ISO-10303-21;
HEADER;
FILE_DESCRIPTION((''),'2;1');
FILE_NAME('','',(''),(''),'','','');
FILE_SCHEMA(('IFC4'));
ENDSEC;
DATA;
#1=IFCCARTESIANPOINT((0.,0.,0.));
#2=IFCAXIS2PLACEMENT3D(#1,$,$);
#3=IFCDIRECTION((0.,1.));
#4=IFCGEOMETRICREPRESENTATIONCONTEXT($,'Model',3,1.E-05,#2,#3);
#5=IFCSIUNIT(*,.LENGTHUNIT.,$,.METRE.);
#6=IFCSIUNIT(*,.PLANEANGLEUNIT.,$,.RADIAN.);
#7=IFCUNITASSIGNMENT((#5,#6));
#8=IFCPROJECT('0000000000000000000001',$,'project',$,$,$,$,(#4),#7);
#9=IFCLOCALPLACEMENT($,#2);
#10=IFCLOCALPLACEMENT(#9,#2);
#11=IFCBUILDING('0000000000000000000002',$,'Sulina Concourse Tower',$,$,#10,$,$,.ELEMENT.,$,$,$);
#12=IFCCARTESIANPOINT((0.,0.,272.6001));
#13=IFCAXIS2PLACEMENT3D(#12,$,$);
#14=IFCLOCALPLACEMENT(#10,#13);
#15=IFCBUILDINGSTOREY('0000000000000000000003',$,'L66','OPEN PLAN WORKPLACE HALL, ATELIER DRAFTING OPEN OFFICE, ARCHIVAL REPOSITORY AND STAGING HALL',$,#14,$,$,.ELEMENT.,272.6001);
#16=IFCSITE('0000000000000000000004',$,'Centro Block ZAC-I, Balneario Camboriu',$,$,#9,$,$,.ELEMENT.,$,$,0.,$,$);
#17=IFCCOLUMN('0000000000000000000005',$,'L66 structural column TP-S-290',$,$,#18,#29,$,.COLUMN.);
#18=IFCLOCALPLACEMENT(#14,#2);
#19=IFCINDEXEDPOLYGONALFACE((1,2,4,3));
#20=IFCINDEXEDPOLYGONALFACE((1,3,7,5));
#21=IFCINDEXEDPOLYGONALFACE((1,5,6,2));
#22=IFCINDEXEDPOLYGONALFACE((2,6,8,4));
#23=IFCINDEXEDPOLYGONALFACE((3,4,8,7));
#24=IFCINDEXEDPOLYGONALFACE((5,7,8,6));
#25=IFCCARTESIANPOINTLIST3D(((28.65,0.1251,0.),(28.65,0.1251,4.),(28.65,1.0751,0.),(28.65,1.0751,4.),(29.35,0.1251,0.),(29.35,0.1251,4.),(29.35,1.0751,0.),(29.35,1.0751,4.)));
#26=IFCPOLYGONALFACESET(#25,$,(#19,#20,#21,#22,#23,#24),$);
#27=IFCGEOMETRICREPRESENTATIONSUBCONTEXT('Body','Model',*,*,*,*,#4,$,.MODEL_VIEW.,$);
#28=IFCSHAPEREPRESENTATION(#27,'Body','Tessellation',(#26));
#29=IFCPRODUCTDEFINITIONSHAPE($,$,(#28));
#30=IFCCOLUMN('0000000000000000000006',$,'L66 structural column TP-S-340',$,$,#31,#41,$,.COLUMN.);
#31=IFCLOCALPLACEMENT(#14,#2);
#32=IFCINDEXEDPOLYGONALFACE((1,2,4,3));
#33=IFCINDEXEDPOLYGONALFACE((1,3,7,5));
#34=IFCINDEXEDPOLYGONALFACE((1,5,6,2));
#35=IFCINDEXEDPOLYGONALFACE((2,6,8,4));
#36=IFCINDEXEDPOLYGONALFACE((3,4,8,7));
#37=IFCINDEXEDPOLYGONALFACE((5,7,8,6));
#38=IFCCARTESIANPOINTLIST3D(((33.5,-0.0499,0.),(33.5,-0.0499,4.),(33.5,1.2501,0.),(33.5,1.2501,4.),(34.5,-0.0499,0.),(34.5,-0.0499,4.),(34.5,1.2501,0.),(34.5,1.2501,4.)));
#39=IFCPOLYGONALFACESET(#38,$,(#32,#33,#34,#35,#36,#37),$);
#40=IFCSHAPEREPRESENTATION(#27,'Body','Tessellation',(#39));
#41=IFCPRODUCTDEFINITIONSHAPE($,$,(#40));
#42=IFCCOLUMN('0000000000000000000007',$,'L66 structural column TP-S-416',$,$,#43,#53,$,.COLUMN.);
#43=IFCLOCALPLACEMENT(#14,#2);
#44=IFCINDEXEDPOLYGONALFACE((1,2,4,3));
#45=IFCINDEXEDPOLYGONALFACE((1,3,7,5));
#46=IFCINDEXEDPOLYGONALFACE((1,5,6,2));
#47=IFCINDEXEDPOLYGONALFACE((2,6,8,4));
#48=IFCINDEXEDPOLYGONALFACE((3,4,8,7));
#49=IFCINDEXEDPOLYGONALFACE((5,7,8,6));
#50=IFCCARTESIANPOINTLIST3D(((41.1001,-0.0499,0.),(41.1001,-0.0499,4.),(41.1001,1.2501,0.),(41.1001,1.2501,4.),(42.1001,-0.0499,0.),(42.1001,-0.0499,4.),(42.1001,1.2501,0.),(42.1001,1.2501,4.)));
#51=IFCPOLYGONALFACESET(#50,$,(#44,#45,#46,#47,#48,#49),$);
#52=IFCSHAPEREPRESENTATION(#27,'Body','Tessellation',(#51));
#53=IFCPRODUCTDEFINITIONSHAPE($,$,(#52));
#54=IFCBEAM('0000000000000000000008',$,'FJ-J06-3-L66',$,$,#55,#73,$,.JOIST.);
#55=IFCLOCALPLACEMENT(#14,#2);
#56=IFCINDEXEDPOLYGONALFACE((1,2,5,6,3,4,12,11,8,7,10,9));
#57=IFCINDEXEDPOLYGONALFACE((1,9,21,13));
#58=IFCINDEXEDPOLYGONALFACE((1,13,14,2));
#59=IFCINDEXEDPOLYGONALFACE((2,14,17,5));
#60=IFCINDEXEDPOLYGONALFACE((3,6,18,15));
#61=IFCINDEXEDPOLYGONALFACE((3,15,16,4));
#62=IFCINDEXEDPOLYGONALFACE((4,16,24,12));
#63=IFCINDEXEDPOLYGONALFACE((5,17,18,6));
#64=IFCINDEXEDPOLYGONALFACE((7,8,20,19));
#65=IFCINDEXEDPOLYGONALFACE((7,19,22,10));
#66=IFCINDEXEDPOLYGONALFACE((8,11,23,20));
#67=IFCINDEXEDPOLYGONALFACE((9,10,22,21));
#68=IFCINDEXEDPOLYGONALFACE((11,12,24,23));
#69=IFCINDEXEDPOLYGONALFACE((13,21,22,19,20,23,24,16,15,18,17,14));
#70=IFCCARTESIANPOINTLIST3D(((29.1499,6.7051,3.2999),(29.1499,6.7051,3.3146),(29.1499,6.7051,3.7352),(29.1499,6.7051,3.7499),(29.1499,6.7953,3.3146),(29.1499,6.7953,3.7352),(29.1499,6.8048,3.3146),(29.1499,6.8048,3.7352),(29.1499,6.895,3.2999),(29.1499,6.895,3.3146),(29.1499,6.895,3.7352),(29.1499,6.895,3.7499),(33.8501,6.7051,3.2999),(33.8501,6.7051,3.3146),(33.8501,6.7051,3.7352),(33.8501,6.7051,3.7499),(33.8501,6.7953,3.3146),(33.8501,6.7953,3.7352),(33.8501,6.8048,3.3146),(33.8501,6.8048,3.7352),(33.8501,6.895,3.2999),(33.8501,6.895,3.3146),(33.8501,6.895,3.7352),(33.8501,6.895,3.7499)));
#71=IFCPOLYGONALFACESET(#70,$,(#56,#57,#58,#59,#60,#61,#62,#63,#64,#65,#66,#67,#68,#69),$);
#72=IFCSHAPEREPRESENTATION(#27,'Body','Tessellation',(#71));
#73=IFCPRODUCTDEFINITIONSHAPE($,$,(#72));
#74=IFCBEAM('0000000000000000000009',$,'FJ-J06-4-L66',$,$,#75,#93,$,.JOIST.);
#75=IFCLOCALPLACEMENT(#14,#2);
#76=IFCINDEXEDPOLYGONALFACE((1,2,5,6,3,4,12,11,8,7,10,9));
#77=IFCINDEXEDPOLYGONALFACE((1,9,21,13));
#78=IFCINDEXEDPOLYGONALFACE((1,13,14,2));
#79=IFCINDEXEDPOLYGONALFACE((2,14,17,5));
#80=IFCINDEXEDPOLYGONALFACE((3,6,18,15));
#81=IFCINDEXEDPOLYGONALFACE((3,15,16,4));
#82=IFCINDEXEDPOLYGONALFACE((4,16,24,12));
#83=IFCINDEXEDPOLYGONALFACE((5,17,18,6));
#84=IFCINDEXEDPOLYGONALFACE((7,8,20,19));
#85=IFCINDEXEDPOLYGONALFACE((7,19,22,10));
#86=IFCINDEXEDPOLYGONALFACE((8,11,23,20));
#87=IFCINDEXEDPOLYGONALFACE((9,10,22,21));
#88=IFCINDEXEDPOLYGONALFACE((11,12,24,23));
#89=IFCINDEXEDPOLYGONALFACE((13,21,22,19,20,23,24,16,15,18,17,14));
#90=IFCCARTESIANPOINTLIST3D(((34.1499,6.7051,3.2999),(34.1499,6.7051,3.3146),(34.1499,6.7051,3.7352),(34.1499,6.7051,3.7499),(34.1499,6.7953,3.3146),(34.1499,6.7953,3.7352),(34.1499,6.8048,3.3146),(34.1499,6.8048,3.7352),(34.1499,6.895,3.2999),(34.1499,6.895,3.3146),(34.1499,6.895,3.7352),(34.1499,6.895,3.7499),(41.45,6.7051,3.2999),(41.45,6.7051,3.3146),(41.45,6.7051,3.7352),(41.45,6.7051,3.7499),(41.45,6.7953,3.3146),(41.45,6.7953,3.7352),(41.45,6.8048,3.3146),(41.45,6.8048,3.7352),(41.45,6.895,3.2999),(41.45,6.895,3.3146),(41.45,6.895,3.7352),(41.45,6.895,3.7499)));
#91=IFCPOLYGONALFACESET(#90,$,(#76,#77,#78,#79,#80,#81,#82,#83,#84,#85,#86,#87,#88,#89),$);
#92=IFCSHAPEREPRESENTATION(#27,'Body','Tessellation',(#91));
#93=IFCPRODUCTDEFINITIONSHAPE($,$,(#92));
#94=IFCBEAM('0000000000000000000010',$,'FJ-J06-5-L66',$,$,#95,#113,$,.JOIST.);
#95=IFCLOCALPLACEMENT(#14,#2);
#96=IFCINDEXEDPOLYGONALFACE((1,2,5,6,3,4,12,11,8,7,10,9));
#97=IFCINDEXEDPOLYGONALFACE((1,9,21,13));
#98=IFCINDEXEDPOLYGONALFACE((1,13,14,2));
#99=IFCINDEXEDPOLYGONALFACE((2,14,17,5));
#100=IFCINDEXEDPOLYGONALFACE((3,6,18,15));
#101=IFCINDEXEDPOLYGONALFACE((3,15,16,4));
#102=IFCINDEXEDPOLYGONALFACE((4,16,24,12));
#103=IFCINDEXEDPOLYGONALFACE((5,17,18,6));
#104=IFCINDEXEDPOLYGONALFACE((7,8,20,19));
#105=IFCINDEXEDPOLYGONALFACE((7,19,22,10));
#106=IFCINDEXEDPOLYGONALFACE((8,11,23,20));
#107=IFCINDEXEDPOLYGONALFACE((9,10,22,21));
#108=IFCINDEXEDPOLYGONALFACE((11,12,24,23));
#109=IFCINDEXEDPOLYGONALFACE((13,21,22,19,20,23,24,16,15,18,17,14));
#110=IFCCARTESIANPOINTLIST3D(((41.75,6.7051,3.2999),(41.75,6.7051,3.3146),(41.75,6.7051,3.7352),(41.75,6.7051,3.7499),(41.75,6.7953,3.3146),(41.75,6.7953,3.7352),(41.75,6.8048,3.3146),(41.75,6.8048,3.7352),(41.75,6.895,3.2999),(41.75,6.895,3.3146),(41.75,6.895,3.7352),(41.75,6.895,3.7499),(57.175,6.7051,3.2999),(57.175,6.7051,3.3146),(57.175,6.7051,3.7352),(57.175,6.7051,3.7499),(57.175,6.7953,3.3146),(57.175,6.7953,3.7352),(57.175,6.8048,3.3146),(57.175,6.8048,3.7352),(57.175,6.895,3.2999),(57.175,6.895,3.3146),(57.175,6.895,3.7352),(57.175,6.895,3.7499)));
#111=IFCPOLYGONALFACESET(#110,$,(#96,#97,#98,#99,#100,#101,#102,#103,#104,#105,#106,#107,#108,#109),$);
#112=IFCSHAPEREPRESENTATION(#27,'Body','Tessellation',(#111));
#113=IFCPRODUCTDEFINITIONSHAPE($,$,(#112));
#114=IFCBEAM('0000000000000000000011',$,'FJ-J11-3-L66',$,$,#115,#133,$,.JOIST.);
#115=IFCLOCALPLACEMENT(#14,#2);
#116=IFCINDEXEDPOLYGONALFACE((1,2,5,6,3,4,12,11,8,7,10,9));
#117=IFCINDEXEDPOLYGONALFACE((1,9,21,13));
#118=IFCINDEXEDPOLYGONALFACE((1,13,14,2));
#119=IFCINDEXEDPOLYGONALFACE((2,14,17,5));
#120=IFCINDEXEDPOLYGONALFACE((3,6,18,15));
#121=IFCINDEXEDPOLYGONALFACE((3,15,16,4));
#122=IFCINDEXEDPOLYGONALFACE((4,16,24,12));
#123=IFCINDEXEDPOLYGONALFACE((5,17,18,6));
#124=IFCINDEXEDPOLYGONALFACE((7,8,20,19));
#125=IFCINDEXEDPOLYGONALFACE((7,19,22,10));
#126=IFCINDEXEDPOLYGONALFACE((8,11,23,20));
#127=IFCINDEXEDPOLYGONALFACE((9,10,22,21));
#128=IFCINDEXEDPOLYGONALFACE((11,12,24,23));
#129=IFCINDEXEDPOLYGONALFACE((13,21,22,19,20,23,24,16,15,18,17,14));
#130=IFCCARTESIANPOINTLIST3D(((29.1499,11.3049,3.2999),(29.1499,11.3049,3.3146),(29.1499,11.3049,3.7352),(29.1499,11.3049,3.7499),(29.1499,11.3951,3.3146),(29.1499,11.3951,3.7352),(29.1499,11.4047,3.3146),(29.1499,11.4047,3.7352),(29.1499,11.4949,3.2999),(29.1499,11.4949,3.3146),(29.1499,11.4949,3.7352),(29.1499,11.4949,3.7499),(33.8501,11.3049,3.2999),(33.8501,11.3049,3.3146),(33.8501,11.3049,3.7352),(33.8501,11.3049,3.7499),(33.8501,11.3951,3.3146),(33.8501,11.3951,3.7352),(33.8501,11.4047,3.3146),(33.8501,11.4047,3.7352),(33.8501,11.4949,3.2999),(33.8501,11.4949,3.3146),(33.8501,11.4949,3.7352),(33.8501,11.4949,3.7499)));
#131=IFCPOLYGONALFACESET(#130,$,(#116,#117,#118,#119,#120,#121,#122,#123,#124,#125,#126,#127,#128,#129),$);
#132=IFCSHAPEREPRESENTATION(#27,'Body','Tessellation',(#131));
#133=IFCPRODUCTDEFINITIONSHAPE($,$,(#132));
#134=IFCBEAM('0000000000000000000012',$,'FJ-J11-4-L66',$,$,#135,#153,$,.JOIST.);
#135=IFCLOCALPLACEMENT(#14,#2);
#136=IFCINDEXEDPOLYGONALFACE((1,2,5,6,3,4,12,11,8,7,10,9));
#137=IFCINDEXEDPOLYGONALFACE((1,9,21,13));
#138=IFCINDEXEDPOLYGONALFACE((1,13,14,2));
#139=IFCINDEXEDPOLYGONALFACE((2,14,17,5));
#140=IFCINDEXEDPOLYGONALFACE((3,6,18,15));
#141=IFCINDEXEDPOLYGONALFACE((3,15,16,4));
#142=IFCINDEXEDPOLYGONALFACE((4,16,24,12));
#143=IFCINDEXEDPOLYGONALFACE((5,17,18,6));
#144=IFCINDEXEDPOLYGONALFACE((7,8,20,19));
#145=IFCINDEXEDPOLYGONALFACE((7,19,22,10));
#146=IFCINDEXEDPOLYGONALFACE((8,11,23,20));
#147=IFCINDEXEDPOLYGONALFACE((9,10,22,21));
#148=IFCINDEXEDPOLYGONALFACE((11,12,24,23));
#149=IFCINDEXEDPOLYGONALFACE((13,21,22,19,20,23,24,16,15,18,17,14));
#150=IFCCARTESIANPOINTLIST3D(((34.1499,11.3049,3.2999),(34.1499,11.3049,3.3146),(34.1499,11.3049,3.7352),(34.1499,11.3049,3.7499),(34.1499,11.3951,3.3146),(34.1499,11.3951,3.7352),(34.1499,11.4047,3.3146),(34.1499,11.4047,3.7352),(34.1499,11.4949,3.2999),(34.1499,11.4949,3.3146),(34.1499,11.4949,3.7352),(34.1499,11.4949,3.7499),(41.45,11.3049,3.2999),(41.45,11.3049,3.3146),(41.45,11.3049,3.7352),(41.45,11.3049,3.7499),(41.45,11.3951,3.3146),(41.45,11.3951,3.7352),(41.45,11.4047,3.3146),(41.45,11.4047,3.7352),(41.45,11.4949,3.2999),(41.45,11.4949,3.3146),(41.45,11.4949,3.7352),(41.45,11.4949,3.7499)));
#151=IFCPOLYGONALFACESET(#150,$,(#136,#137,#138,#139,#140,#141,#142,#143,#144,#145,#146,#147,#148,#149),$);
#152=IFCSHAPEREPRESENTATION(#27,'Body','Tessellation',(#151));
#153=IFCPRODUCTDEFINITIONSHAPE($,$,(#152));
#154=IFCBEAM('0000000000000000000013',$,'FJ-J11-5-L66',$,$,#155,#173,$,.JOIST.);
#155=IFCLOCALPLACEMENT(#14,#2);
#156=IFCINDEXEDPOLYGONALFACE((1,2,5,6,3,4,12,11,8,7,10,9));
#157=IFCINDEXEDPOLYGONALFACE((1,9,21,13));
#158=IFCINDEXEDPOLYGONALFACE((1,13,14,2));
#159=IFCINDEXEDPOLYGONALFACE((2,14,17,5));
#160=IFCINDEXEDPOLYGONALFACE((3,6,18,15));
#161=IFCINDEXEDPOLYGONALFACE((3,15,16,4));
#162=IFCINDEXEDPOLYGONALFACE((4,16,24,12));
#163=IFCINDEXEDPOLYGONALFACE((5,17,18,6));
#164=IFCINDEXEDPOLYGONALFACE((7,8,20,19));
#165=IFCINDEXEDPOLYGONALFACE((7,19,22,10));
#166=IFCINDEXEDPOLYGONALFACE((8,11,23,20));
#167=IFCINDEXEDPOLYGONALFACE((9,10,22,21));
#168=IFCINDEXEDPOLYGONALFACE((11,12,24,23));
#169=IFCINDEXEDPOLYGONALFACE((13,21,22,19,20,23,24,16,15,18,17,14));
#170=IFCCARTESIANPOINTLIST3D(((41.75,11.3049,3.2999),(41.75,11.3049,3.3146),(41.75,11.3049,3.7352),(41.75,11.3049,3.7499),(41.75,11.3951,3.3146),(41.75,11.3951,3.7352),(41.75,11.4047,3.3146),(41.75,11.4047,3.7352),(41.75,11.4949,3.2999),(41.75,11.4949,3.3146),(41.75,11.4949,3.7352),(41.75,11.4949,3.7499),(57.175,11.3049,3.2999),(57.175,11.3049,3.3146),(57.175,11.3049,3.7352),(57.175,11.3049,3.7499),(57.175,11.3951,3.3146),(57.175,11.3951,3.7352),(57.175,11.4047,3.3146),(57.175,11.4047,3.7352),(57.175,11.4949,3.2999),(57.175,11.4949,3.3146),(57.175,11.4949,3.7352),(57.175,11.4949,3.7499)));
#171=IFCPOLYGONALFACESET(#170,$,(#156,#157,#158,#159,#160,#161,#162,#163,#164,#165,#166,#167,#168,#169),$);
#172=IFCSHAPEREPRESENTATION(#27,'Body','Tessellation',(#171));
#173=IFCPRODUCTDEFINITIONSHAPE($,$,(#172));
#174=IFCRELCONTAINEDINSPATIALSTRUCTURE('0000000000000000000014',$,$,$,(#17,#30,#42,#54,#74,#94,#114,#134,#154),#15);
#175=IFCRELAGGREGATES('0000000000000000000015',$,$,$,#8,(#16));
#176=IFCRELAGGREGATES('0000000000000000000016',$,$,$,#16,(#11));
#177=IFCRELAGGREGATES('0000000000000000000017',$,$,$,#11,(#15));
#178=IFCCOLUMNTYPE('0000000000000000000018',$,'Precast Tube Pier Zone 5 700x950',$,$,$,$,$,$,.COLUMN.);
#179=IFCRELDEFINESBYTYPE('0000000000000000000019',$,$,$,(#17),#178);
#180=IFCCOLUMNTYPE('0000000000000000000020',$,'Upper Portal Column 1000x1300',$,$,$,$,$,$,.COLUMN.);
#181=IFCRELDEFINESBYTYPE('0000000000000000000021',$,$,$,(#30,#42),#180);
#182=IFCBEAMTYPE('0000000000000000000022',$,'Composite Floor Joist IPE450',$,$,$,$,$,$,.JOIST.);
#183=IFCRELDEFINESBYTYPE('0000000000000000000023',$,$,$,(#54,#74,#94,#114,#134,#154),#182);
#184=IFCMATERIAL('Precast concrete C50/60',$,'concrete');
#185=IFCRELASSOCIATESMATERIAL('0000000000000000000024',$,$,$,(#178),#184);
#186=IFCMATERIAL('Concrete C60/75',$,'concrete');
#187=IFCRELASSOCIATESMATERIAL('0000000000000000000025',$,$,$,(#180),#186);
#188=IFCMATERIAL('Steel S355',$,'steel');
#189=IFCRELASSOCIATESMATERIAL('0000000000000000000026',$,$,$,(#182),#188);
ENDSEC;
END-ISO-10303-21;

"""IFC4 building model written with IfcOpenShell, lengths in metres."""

from ifc_helpers import new_model, si_unit, direction, frame, origin, origin_2d, place, context, subcontext, project, spatial, rectangle, i_section, extrude, material, material_profile, profile_set, type_object, element, save


model = new_model("IFC4")

# Units and contexts
model_context = context("Model", 3, precision=1e-05, world=origin(), true_north=direction((0.0, 1.0)))
body_context = subcontext(model_context, "Body", "Model", "MODEL_VIEW")
ifc_project = project(units=[si_unit("LENGTHUNIT", "METRE"), si_unit("PLANEANGLEUNIT", "RADIAN")], contexts=[model_context])

# Site, building, storey
site_placement = place(None, origin())
site = spatial("IfcSite", under=ifc_project, at=site_placement, Name="Centro Block ZAC-I, Balneario Camboriu", CompositionType="ELEMENT", RefElevation=0.0)
building_placement = place(site_placement, origin())
building = spatial("IfcBuilding", under=site, at=building_placement, Name="Sulina Concourse Tower", CompositionType="ELEMENT")
storey_placement = place(building_placement, frame((0.0, 0.0, 272.6001)))
storey = spatial("IfcBuildingStorey", under=building, at=storey_placement, Name="L66", Description="OPEN PLAN WORKPLACE HALL, ATELIER DRAFTING OPEN OFFICE, ARCHIVAL REPOSITORY AND STAGING HALL", CompositionType="ELEMENT", Elevation=272.6001)

# Columns
ifc_material_1 = material(Name="Precast concrete C50/60", Category="concrete")
ifc_material_profile_1 = material_profile(ifc_material_1, rectangle(XDim=0.7, YDim=0.95, at=origin_2d()), Name="PC 700x950")
ifc_profile_set_1 = profile_set([ifc_material_profile_1], Name="Precast concrete C50/60")
column_type_1 = type_object("IfcColumnType", Name="Precast Tube Pier Zone 5 700x950", PredefinedType="COLUMN", material=ifc_profile_set_1)
column_placement = place(storey_placement, frame((29.0, 0.6001, 0.0), z_axis=(0.0, 0.0, 1.0), x_axis=(1.0, 0.0, 0.0)))
element("IfcColumn", 1, at=column_placement, inside=storey, type_object=column_type_1, Name="L66 structural column TP-S-290", PredefinedType="COLUMN", context=body_context, shape_type="SweptSolid", body=[
    extrude(rectangle(XDim=0.7, YDim=0.95, at=origin_2d()), origin(), (0.0, 0.0, 1.0), 4.0),
])
ifc_material_2 = material(Name="Concrete C60/75", Category="concrete")
ifc_material_profile_2 = material_profile(ifc_material_2, rectangle(XDim=1.0, YDim=1.3, at=origin_2d()), Name="RC 1000x1300")
ifc_profile_set_2 = profile_set([ifc_material_profile_2], Name="Concrete C60/75")
column_type_2 = type_object("IfcColumnType", Name="Upper Portal Column 1000x1300", PredefinedType="COLUMN", material=ifc_profile_set_2)
for number, where, z_axis, x_axis, name in (
    (2, (34.0, 0.6001, 0.0), (0.0, 0.0, 1.0), (1.0, 0.0, 0.0), "L66 structural column TP-S-340"),
    (3, (41.6001, 0.6001, 0.0), (0.0, 0.0, 1.0), (1.0, 0.0, 0.0), "L66 structural column TP-S-416"),
):
    element("IfcColumn", number, at=place(storey_placement, frame(where, z_axis=z_axis, x_axis=x_axis)), inside=storey, type_object=column_type_2, Name=name, PredefinedType="COLUMN", context=body_context, shape_type="SweptSolid", body=[
        extrude(rectangle(XDim=1.0, YDim=1.3, at=origin_2d()), origin(), (0.0, 0.0, 1.0), 4.0),
    ])

# Beams
ifc_material_3 = material(Name="Steel S355", Category="steel")
ifc_material_profile_3 = material_profile(ifc_material_3, i_section(OverallWidth=0.1899, OverallDepth=0.45, WebThickness=0.0095, FlangeThickness=0.0146, at=origin_2d()), Name="IPE 450")
ifc_profile_set_3 = profile_set([ifc_material_profile_3], Name="Steel S355")
beam_type_1 = type_object("IfcBeamType", Name="Composite Floor Joist IPE450", PredefinedType="JOIST", material=ifc_profile_set_3)
beam_1_placement = place(storey_placement, frame((29.1499, 6.8, 3.5249), z_axis=(1.0, 0.0, 0.0), x_axis=(0.0, 1.0, 0.0)))
element("IfcBeam", 4, at=beam_1_placement, inside=storey, type_object=beam_type_1, Name="FJ-J06-3-L66", PredefinedType="JOIST", context=body_context, shape_type="SweptSolid", body=[
    extrude(i_section(OverallWidth=0.1899, OverallDepth=0.45, WebThickness=0.0095, FlangeThickness=0.0146, at=origin_2d()), origin(), (0.0, 0.0, 1.0), 4.7002),
])
beam_2_placement = place(storey_placement, frame((34.1499, 6.8, 3.5249), z_axis=(1.0, 0.0, 0.0), x_axis=(0.0, 1.0, 0.0)))
element("IfcBeam", 5, at=beam_2_placement, inside=storey, type_object=beam_type_1, Name="FJ-J06-4-L66", PredefinedType="JOIST", context=body_context, shape_type="SweptSolid", body=[
    extrude(i_section(OverallWidth=0.1899, OverallDepth=0.45, WebThickness=0.0095, FlangeThickness=0.0146, at=origin_2d()), origin(), (0.0, 0.0, 1.0), 7.3),
])
beam_3_placement = place(storey_placement, frame((41.75, 6.8, 3.5249), z_axis=(1.0, 0.0, 0.0), x_axis=(0.0, 1.0, 0.0)))
element("IfcBeam", 6, at=beam_3_placement, inside=storey, type_object=beam_type_1, Name="FJ-J06-5-L66", PredefinedType="JOIST", context=body_context, shape_type="SweptSolid", body=[
    extrude(i_section(OverallWidth=0.1899, OverallDepth=0.45, WebThickness=0.0095, FlangeThickness=0.0146, at=origin_2d()), origin(), (0.0, 0.0, 1.0), 15.425),
])
beam_4_placement = place(storey_placement, frame((29.1499, 11.3999, 3.5249), z_axis=(1.0, 0.0, 0.0), x_axis=(0.0, 1.0, 0.0)))
element("IfcBeam", 7, at=beam_4_placement, inside=storey, type_object=beam_type_1, Name="FJ-J11-3-L66", PredefinedType="JOIST", context=body_context, shape_type="SweptSolid", body=[
    extrude(i_section(OverallWidth=0.1899, OverallDepth=0.45, WebThickness=0.0095, FlangeThickness=0.0146, at=origin_2d()), origin(), (0.0, 0.0, 1.0), 4.7002),
])
beam_5_placement = place(storey_placement, frame((34.1499, 11.3999, 3.5249), z_axis=(1.0, 0.0, 0.0), x_axis=(0.0, 1.0, 0.0)))
element("IfcBeam", 8, at=beam_5_placement, inside=storey, type_object=beam_type_1, Name="FJ-J11-4-L66", PredefinedType="JOIST", context=body_context, shape_type="SweptSolid", body=[
    extrude(i_section(OverallWidth=0.1899, OverallDepth=0.45, WebThickness=0.0095, FlangeThickness=0.0146, at=origin_2d()), origin(), (0.0, 0.0, 1.0), 7.3),
])
beam_6_placement = place(storey_placement, frame((41.75, 11.3999, 3.5249), z_axis=(1.0, 0.0, 0.0), x_axis=(0.0, 1.0, 0.0)))
element("IfcBeam", 9, at=beam_6_placement, inside=storey, type_object=beam_type_1, Name="FJ-J11-5-L66", PredefinedType="JOIST", context=body_context, shape_type="SweptSolid", body=[
    extrude(i_section(OverallWidth=0.1899, OverallDepth=0.45, WebThickness=0.0095, FlangeThickness=0.0146, at=origin_2d()), origin(), (0.0, 0.0, 1.0), 15.425),
])

save(model, "model.ifc")
